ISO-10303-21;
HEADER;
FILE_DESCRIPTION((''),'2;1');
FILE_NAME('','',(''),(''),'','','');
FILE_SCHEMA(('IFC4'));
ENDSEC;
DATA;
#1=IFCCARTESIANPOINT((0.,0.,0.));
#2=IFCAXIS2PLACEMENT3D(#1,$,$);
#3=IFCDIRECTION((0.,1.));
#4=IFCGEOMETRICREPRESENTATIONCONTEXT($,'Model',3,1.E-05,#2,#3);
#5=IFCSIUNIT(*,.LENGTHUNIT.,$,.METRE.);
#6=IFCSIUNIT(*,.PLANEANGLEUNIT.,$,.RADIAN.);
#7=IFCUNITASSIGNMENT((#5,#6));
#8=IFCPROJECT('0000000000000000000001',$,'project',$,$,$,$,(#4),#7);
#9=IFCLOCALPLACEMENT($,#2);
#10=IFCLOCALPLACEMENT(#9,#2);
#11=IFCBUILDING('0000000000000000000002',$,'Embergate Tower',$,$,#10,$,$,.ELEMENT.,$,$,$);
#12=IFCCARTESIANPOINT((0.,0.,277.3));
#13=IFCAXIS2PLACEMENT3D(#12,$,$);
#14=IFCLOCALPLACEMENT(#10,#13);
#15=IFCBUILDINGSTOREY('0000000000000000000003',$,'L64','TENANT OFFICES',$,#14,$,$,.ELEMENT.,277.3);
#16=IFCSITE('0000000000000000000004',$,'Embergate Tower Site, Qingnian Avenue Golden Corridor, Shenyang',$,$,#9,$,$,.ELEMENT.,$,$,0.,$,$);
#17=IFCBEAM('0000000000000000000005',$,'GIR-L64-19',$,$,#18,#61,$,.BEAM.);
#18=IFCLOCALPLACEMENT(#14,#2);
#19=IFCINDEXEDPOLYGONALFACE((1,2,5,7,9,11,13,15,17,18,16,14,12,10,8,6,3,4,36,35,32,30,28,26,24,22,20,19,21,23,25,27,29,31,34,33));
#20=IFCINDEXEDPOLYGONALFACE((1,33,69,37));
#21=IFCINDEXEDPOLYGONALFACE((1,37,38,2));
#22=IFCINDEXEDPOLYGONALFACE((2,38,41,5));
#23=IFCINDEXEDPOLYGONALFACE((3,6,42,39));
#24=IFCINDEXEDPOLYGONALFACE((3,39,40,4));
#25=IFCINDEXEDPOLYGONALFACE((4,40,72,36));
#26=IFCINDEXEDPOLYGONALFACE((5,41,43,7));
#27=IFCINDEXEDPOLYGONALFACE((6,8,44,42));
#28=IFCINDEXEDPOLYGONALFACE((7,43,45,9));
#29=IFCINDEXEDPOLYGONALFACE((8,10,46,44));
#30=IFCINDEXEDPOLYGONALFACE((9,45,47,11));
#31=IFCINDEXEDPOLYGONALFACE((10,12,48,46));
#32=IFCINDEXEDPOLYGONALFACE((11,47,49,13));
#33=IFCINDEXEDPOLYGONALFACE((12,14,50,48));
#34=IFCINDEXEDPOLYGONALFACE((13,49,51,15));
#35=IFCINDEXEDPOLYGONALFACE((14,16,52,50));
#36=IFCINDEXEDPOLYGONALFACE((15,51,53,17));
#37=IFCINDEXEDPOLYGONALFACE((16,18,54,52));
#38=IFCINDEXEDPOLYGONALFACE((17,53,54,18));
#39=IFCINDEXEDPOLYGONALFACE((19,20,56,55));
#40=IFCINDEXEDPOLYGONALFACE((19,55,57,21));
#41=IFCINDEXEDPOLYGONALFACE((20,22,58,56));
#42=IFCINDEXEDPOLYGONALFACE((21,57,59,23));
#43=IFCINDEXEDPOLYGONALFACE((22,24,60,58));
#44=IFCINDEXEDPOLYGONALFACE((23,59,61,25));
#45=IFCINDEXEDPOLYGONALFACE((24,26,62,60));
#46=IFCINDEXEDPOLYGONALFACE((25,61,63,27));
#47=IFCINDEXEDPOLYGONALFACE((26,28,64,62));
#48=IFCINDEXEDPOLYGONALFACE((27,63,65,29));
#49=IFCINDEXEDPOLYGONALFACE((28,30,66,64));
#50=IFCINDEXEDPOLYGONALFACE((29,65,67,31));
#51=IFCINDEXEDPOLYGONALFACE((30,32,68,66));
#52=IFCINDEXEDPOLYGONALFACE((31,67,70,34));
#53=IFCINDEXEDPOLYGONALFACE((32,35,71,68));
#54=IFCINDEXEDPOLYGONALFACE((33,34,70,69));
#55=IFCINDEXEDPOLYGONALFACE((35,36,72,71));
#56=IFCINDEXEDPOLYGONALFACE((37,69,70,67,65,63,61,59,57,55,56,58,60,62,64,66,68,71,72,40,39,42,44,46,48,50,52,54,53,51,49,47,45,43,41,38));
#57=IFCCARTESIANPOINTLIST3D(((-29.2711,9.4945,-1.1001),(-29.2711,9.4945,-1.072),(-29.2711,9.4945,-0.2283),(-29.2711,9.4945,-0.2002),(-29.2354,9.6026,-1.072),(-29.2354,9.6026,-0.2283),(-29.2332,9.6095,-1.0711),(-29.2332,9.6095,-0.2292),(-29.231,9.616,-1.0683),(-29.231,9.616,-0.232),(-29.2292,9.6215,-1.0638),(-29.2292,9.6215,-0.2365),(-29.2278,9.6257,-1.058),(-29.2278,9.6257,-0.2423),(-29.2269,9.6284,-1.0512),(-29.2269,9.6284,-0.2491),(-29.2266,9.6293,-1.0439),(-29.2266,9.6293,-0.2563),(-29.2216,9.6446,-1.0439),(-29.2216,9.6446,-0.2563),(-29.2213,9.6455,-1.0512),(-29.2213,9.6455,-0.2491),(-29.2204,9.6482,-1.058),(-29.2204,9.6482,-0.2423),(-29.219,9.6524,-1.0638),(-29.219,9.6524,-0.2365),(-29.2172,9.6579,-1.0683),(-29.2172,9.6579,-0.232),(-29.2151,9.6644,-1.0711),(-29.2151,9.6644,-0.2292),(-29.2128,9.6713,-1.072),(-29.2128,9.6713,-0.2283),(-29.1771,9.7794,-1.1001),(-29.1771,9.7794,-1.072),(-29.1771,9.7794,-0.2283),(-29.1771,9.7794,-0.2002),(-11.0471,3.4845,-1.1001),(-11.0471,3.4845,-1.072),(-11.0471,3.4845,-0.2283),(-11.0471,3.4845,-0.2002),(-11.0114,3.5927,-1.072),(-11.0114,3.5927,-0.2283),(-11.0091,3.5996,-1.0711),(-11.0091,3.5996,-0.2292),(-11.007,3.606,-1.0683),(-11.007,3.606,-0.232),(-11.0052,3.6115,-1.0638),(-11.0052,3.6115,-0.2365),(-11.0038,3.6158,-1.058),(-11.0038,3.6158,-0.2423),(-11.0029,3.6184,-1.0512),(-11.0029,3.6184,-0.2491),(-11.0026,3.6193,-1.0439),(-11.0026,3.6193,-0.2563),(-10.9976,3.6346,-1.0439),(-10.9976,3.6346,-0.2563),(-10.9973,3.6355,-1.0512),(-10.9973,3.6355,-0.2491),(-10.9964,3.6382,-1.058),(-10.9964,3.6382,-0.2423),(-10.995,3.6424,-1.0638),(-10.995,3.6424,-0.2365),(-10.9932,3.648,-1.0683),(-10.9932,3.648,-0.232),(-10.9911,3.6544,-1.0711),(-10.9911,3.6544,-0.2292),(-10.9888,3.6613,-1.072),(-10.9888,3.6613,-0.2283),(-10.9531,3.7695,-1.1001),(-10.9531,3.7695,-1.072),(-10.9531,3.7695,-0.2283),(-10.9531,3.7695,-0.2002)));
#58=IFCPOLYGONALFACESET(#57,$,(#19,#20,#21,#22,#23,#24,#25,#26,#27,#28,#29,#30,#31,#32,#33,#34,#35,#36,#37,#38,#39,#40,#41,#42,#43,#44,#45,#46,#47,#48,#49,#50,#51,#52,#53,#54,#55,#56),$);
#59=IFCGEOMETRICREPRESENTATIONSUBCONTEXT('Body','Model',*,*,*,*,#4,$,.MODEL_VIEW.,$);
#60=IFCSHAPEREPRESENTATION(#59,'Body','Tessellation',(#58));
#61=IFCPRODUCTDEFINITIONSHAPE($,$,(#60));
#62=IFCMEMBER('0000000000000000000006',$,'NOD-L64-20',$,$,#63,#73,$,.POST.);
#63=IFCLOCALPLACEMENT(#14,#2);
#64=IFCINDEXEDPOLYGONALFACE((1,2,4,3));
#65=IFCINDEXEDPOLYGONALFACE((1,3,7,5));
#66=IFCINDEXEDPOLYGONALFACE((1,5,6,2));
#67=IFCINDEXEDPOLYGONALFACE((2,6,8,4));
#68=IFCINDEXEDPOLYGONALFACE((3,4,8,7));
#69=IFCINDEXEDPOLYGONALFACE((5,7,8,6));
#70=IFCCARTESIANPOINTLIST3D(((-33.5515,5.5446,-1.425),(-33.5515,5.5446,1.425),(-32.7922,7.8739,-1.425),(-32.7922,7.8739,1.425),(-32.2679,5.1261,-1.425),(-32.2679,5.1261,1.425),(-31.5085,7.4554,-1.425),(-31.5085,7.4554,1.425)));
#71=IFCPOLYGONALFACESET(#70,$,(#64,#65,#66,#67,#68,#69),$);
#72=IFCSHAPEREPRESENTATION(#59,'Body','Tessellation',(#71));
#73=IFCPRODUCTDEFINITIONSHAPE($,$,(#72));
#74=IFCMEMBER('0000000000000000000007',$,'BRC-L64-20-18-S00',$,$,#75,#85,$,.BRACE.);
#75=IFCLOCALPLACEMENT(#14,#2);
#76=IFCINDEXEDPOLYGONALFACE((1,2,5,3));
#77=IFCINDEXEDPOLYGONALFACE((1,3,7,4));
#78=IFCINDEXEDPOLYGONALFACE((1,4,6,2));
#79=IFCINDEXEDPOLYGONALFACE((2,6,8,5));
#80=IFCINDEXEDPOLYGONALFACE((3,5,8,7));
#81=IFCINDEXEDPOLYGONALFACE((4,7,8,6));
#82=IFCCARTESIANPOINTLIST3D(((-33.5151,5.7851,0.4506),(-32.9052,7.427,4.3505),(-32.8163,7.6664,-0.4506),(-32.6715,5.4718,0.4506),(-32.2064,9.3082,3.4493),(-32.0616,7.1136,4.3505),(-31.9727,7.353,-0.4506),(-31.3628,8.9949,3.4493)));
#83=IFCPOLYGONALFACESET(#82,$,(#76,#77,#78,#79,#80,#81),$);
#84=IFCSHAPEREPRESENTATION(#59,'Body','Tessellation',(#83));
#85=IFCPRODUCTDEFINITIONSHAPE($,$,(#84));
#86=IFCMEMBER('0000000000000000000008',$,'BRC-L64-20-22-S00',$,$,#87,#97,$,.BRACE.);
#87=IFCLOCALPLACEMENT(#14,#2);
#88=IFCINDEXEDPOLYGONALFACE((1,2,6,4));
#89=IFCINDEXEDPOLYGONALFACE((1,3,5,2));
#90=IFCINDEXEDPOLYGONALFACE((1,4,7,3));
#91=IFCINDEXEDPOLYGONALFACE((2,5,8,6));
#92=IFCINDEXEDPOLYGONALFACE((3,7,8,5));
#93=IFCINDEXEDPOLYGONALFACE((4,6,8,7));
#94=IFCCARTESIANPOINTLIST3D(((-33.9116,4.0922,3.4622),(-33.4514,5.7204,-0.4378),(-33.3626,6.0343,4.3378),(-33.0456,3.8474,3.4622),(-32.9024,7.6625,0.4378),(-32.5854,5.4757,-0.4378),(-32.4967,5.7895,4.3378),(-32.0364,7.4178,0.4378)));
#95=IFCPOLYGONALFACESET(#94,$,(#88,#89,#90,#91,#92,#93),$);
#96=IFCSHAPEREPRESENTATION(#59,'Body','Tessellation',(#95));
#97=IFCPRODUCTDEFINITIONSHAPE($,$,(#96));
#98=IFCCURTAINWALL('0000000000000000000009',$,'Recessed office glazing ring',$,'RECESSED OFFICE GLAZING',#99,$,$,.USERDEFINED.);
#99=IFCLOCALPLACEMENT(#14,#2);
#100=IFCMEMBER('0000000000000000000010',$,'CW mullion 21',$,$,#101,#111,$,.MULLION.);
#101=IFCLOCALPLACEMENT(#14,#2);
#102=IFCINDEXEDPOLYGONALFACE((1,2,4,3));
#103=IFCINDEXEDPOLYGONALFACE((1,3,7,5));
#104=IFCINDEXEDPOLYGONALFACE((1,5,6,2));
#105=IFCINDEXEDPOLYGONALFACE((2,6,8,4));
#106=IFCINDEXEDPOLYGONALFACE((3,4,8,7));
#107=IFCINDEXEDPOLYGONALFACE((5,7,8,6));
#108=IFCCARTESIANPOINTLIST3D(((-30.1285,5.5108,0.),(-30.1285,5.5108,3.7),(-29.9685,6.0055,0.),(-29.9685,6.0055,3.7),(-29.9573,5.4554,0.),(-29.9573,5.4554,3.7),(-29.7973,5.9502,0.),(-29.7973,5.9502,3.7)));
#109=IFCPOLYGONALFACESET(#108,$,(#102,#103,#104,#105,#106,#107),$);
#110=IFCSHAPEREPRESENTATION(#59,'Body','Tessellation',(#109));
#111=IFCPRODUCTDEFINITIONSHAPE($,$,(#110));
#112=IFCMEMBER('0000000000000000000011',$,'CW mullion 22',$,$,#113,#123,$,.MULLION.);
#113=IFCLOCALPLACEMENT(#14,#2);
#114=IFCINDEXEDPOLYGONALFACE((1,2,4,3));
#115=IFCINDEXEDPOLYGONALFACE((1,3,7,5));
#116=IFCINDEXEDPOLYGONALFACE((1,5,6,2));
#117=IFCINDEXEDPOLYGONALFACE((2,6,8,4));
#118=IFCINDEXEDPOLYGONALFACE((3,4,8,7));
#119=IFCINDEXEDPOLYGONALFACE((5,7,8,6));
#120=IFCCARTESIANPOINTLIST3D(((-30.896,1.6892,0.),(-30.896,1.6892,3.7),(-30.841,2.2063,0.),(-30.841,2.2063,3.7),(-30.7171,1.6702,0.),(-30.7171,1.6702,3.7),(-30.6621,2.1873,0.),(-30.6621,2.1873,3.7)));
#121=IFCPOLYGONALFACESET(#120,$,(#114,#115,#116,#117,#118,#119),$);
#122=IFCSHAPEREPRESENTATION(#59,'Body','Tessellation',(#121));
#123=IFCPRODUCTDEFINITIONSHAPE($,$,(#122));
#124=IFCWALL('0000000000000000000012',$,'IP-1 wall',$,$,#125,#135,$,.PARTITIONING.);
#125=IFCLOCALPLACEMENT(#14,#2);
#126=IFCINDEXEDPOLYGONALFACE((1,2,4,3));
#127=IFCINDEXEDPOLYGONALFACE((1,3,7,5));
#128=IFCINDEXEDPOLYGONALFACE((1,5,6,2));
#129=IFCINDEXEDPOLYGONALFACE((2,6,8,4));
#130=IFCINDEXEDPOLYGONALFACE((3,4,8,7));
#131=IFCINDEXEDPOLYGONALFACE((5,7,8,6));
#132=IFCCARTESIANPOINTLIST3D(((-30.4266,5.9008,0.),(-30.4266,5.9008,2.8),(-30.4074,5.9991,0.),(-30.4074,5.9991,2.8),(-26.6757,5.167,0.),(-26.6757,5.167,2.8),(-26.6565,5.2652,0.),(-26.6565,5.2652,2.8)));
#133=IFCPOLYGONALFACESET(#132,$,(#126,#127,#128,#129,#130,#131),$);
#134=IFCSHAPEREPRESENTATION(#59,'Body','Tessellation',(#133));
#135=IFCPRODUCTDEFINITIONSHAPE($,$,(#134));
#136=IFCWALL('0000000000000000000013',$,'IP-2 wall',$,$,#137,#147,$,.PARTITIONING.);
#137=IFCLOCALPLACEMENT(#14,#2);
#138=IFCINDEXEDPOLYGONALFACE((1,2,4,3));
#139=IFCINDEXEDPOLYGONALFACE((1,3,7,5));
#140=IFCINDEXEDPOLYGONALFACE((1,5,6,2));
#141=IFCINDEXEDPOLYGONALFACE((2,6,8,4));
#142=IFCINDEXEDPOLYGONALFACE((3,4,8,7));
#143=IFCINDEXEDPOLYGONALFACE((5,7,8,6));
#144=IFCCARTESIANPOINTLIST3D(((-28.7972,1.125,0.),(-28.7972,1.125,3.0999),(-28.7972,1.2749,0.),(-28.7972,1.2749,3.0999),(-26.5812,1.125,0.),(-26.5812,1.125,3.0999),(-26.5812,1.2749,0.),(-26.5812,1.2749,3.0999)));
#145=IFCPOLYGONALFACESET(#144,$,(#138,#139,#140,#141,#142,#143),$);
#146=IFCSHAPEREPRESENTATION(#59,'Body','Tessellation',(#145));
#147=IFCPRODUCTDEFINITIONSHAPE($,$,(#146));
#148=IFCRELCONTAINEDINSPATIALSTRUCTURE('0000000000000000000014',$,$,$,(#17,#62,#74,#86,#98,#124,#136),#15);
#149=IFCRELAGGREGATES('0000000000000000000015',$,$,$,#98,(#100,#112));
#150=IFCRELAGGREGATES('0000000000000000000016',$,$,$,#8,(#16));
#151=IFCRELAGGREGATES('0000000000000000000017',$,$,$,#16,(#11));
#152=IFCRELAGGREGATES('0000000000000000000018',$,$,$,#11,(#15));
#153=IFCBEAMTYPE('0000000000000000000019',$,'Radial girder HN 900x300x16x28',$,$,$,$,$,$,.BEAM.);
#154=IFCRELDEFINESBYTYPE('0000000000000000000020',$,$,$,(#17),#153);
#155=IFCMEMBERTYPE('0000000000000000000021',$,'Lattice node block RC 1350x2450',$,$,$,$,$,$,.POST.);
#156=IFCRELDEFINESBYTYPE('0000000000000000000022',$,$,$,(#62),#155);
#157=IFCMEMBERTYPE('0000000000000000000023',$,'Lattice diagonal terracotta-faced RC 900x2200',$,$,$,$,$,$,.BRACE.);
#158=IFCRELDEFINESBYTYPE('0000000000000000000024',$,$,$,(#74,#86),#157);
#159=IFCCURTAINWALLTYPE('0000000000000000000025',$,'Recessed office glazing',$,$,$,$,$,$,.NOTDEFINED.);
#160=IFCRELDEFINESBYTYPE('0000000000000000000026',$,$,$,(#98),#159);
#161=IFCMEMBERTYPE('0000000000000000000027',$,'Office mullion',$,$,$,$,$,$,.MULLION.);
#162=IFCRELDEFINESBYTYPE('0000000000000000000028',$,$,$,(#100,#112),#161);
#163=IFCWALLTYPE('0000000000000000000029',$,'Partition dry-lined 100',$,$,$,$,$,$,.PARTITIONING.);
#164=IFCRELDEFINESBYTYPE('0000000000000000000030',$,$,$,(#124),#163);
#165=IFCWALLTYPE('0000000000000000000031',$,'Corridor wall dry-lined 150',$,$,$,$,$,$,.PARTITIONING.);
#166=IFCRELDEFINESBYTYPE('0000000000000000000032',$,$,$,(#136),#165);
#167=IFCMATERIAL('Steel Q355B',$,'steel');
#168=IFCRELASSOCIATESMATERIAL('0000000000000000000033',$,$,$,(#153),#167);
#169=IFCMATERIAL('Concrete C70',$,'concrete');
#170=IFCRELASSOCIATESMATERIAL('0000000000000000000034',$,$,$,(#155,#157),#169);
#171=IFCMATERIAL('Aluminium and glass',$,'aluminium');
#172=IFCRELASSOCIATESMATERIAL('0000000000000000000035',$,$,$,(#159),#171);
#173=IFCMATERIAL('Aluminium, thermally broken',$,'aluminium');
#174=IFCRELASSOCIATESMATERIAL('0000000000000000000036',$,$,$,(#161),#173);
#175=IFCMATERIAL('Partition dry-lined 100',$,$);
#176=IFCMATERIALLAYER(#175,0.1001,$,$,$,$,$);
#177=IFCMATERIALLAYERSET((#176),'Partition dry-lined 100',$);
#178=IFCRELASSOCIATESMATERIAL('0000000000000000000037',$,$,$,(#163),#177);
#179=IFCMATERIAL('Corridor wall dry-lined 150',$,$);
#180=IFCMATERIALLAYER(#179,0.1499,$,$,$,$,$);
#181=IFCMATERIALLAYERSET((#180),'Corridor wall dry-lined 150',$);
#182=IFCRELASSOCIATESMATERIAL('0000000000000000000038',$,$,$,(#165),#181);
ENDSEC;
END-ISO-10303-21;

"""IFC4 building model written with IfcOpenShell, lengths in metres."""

from ifc_helpers import new_model, si_unit, direction, frame, frame_2d, origin, origin_2d, place, context, subcontext, project, spatial, rectangle, i_section, extrude, source, transform, mapped, material, layer, layer_set, material_profile, profile_set, type_object, element, aggregate, save


model = new_model("IFC4")

# Units and contexts
model_context = context("Model", 3, precision=1e-05, world=origin(), true_north=direction((0.0, 1.0)))
body_context = subcontext(model_context, "Body", "Model", "MODEL_VIEW")
ifc_project = project(units=[si_unit("LENGTHUNIT", "METRE"), si_unit("PLANEANGLEUNIT", "RADIAN")], contexts=[model_context])

# Site, building, storey
site_placement = place(None, origin())
site = spatial("IfcSite", under=ifc_project, at=site_placement, Name="Embergate Tower Site, Qingnian Avenue Golden Corridor, Shenyang", CompositionType="ELEMENT", RefElevation=0.0)
building_placement = place(site_placement, origin())
building = spatial("IfcBuilding", under=site, at=building_placement, Name="Embergate Tower", CompositionType="ELEMENT")
storey_placement = place(building_placement, frame((0.0, 0.0, 277.3)))
storey = spatial("IfcBuildingStorey", under=building, at=storey_placement, Name="L64", Description="TENANT OFFICES", CompositionType="ELEMENT", Elevation=277.3)

# Beam
ifc_material_1 = material(Name="Steel Q355B", Category="steel")
ifc_material_profile_1 = material_profile(ifc_material_1, i_section(OverallWidth=0.3, OverallDepth=0.8999, WebThickness=0.0161, FlangeThickness=0.0281, FilletRadius=0.0281, at=origin_2d()), Name="HN 900x300x16x28")
ifc_profile_set_1 = profile_set([ifc_material_profile_1], Name="Steel Q355 grade B")
beam_type_1 = type_object("IfcBeamType", Name="Radial girder HN 900x300x16x28", PredefinedType="BEAM", material=ifc_profile_set_1)
shared_shape_1 = source(origin(), body_context, "Body", "SweptSolid", [
    extrude(i_section(OverallWidth=0.3, OverallDepth=0.8999, WebThickness=0.0161, FlangeThickness=0.0281, FilletRadius=0.0281, at=origin_2d()), origin(), (0.0, 0.0, 1.0), 19.1895),
])
beam_1_placement = place(storey_placement, frame((-29.2241, 9.637, -0.6501), z_axis=(0.94969, -0.313192, 0.0), x_axis=(0.313192, 0.94969, 0.0)))
element("IfcBeam", 1, at=beam_1_placement, inside=storey, type_object=beam_type_1, Name="GIR-L64-19", PredefinedType="BEAM", context=body_context, shape_type="MappedRepresentation", body=[
    mapped(shared_shape_1, transform((0.0, 0.0, 0.0))),
])

# Members
ifc_material_2 = material(Name="Concrete C70", Category="concrete")
ifc_material_profile_2 = material_profile(ifc_material_2, rectangle(XDim=1.3501, YDim=2.45, at=origin_2d()), Name="RC 1350x2450")
ifc_profile_set_2 = profile_set([ifc_material_profile_2], Name="Concrete C70")
member_type_1 = type_object("IfcMemberType", Name="Lattice node block RC 1350x2450", PredefinedType="POST", material=ifc_profile_set_2)
shared_shape_2 = source(origin(), body_context, "Body", "SweptSolid", [
    extrude(rectangle(XDim=1.3501, YDim=2.45, at=origin_2d()), origin(), (0.0, 0.0, 1.0), 2.8501),
])
member_1_placement = place(storey_placement, frame((-32.53, 6.5, -1.425), z_axis=(0.0, 0.0, 1.0), x_axis=(-0.950754, 0.309946, 0.0)))
element("IfcMember", 2, at=member_1_placement, inside=storey, type_object=member_type_1, Name="NOD-L64-20", PredefinedType="POST", context=body_context, shape_type="MappedRepresentation", body=[
    mapped(shared_shape_2, transform((0.0, 0.0, 0.0))),
])
ifc_material_profile_3 = material_profile(ifc_material_2, rectangle(XDim=0.8999, YDim=2.2, at=origin_2d()), Name="RC 900x2200")
ifc_profile_set_3 = profile_set([ifc_material_profile_3], Name="Concrete C70")
member_type_2 = type_object("IfcMemberType", Name="Lattice diagonal terracotta-faced RC 900x2200", PredefinedType="BRACE", material=ifc_profile_set_3)
shared_shape_3 = source(origin(), body_context, "Body", "SweptSolid", [
    extrude(rectangle(XDim=0.8999, YDim=2.2, at=origin_2d()), origin(), (0.0, 0.0, 1.0), 4.2751),
])
member_2_placement = place(storey_placement, frame((-32.7439, 6.5691, 0.0), z_axis=(0.142653, 0.384045, 0.912228), x_axis=(-0.937419, 0.348204, 0.0)))
element("IfcMember", 3, at=member_2_placement, inside=storey, type_object=member_type_2, Name="BRC-L64-20-18-S00", PredefinedType="BRACE", context=body_context, shape_type="MappedRepresentation", body=[
    mapped(shared_shape_3, transform((0.0, 0.0, 0.0))),
])
shared_shape_4 = source(origin(), body_context, "Body", "SweptSolid", [
    extrude(rectangle(XDim=0.8999, YDim=2.2, at=origin_2d()), origin(), (0.0, 0.0, 1.0), 4.2512),
])
member_3_placement = place(storey_placement, frame((-32.7439, 6.5691, 0.0), z_axis=(-0.108255, -0.382999, 0.917383), x_axis=(0.962299, -0.271995, 0.0)))
element("IfcMember", 4, at=member_3_placement, inside=storey, type_object=member_type_2, Name="BRC-L64-20-22-S00", PredefinedType="BRACE", context=body_context, shape_type="MappedRepresentation", body=[
    mapped(shared_shape_4, transform((0.0, 0.0, 0.0))),
])

# Curtain wall, members
ifc_material_3 = material(Name="Aluminium and glass", Category="aluminium")
curtain_wall_type = type_object("IfcCurtainWallType", Name="Recessed office glazing", PredefinedType="NOTDEFINED", material=ifc_material_3)
curtain_wall_placement = place(storey_placement, origin())
curtain_wall = element("IfcCurtainWall", 5, at=curtain_wall_placement, inside=storey, type_object=curtain_wall_type, Name="Recessed office glazing ring", ObjectType="RECESSED OFFICE GLAZING", PredefinedType="USERDEFINED")
ifc_material_4 = material(Name="Aluminium, thermally broken", Category="aluminium")
ifc_material_profile_4 = material_profile(ifc_material_4, rectangle(XDim=0.1799, YDim=0.52, at=origin_2d()), Name="AL 520x180")
ifc_profile_set_4 = profile_set([ifc_material_profile_4], Name="Aluminium, thermally broken")
member_type_3 = type_object("IfcMemberType", Name="Office mullion", PredefinedType="MULLION", material=ifc_profile_set_4)
shared_shape_5 = source(origin(), body_context, "Body", "SweptSolid", [
    extrude(rectangle(XDim=0.1799, YDim=0.52, at=origin_2d()), origin(), (0.0, 0.0, 1.0), 3.7),
])
member_4_placement = place(storey_placement, frame((-29.9629, 5.7305, 0.0), z_axis=(0.0, 0.0, 1.0), x_axis=(0.951493, -0.307671, 0.0)))
member_4 = element("IfcMember", 6, at=member_4_placement, type_object=member_type_3, Name="CW mullion 21", PredefinedType="MULLION", context=body_context, shape_type="MappedRepresentation", body=[
    mapped(shared_shape_5, transform((0.0, 0.0, 0.0))),
])
member_5_placement = place(storey_placement, frame((-30.7791, 1.9382, 0.0), z_axis=(0.0, 0.0, 1.0), x_axis=(0.994384, -0.10583, 0.0)))
member_5 = element("IfcMember", 7, at=member_5_placement, type_object=member_type_3, Name="CW mullion 22", PredefinedType="MULLION", context=body_context, shape_type="MappedRepresentation", body=[
    mapped(shared_shape_5, transform((0.0, 0.0, 0.0))),
])
aggregate(curtain_wall, [member_4, member_5])

# Walls
ifc_material_5 = material(Name="Partition dry-lined 100")
ifc_layer_1 = layer(ifc_material_5, 0.1001)
ifc_layer_set_1 = layer_set([ifc_layer_1], Name="Partition dry-lined 100")
wall_type_1 = type_object("IfcWallType", Name="Partition dry-lined 100", PredefinedType="PARTITIONING", material=ifc_layer_set_1)
shared_shape_6 = source(origin(), body_context, "Body", "SweptSolid", [
    extrude(rectangle(XDim=3.822, YDim=0.1001, at=frame_2d((1.9111, 0.0))), origin(), (0.0, 0.0, 1.0), 2.8),
])
wall_1_placement = place(storey_placement, frame((-26.666, 5.2161, 0.0), z_axis=(0.0, 0.0, 1.0), x_axis=(-0.981393, 0.192012, 0.0)))
element("IfcWall", 8, at=wall_1_placement, inside=storey, type_object=wall_type_1, Name="IP-1 wall", PredefinedType="PARTITIONING", context=body_context, shape_type="MappedRepresentation", body=[
    mapped(shared_shape_6, transform((0.0, 0.0, 0.0))),
])
ifc_material_6 = material(Name="Corridor wall dry-lined 150")
ifc_layer_2 = layer(ifc_material_6, 0.1499)
ifc_layer_set_2 = layer_set([ifc_layer_2], Name="Corridor wall dry-lined 150")
wall_type_2 = type_object("IfcWallType", Name="Corridor wall dry-lined 150", PredefinedType="PARTITIONING", material=ifc_layer_set_2)
shared_shape_7 = source(origin(), body_context, "Body", "SweptSolid", [
    extrude(rectangle(XDim=2.2161, YDim=0.1499, at=frame_2d((1.1079, 0.0))), origin(), (0.0, 0.0, 1.0), 3.0999),
])
wall_2_placement = place(storey_placement, frame((-28.7971, 1.2, 0.0), z_axis=(0.0, 0.0, 1.0), x_axis=(1.0, 0.0, 0.0)))
element("IfcWall", 9, at=wall_2_placement, inside=storey, type_object=wall_type_2, Name="IP-2 wall", PredefinedType="PARTITIONING", context=body_context, shape_type="MappedRepresentation", body=[
    mapped(shared_shape_7, transform((0.0, 0.0, 0.0))),
])

save(model, "model.ifc")
